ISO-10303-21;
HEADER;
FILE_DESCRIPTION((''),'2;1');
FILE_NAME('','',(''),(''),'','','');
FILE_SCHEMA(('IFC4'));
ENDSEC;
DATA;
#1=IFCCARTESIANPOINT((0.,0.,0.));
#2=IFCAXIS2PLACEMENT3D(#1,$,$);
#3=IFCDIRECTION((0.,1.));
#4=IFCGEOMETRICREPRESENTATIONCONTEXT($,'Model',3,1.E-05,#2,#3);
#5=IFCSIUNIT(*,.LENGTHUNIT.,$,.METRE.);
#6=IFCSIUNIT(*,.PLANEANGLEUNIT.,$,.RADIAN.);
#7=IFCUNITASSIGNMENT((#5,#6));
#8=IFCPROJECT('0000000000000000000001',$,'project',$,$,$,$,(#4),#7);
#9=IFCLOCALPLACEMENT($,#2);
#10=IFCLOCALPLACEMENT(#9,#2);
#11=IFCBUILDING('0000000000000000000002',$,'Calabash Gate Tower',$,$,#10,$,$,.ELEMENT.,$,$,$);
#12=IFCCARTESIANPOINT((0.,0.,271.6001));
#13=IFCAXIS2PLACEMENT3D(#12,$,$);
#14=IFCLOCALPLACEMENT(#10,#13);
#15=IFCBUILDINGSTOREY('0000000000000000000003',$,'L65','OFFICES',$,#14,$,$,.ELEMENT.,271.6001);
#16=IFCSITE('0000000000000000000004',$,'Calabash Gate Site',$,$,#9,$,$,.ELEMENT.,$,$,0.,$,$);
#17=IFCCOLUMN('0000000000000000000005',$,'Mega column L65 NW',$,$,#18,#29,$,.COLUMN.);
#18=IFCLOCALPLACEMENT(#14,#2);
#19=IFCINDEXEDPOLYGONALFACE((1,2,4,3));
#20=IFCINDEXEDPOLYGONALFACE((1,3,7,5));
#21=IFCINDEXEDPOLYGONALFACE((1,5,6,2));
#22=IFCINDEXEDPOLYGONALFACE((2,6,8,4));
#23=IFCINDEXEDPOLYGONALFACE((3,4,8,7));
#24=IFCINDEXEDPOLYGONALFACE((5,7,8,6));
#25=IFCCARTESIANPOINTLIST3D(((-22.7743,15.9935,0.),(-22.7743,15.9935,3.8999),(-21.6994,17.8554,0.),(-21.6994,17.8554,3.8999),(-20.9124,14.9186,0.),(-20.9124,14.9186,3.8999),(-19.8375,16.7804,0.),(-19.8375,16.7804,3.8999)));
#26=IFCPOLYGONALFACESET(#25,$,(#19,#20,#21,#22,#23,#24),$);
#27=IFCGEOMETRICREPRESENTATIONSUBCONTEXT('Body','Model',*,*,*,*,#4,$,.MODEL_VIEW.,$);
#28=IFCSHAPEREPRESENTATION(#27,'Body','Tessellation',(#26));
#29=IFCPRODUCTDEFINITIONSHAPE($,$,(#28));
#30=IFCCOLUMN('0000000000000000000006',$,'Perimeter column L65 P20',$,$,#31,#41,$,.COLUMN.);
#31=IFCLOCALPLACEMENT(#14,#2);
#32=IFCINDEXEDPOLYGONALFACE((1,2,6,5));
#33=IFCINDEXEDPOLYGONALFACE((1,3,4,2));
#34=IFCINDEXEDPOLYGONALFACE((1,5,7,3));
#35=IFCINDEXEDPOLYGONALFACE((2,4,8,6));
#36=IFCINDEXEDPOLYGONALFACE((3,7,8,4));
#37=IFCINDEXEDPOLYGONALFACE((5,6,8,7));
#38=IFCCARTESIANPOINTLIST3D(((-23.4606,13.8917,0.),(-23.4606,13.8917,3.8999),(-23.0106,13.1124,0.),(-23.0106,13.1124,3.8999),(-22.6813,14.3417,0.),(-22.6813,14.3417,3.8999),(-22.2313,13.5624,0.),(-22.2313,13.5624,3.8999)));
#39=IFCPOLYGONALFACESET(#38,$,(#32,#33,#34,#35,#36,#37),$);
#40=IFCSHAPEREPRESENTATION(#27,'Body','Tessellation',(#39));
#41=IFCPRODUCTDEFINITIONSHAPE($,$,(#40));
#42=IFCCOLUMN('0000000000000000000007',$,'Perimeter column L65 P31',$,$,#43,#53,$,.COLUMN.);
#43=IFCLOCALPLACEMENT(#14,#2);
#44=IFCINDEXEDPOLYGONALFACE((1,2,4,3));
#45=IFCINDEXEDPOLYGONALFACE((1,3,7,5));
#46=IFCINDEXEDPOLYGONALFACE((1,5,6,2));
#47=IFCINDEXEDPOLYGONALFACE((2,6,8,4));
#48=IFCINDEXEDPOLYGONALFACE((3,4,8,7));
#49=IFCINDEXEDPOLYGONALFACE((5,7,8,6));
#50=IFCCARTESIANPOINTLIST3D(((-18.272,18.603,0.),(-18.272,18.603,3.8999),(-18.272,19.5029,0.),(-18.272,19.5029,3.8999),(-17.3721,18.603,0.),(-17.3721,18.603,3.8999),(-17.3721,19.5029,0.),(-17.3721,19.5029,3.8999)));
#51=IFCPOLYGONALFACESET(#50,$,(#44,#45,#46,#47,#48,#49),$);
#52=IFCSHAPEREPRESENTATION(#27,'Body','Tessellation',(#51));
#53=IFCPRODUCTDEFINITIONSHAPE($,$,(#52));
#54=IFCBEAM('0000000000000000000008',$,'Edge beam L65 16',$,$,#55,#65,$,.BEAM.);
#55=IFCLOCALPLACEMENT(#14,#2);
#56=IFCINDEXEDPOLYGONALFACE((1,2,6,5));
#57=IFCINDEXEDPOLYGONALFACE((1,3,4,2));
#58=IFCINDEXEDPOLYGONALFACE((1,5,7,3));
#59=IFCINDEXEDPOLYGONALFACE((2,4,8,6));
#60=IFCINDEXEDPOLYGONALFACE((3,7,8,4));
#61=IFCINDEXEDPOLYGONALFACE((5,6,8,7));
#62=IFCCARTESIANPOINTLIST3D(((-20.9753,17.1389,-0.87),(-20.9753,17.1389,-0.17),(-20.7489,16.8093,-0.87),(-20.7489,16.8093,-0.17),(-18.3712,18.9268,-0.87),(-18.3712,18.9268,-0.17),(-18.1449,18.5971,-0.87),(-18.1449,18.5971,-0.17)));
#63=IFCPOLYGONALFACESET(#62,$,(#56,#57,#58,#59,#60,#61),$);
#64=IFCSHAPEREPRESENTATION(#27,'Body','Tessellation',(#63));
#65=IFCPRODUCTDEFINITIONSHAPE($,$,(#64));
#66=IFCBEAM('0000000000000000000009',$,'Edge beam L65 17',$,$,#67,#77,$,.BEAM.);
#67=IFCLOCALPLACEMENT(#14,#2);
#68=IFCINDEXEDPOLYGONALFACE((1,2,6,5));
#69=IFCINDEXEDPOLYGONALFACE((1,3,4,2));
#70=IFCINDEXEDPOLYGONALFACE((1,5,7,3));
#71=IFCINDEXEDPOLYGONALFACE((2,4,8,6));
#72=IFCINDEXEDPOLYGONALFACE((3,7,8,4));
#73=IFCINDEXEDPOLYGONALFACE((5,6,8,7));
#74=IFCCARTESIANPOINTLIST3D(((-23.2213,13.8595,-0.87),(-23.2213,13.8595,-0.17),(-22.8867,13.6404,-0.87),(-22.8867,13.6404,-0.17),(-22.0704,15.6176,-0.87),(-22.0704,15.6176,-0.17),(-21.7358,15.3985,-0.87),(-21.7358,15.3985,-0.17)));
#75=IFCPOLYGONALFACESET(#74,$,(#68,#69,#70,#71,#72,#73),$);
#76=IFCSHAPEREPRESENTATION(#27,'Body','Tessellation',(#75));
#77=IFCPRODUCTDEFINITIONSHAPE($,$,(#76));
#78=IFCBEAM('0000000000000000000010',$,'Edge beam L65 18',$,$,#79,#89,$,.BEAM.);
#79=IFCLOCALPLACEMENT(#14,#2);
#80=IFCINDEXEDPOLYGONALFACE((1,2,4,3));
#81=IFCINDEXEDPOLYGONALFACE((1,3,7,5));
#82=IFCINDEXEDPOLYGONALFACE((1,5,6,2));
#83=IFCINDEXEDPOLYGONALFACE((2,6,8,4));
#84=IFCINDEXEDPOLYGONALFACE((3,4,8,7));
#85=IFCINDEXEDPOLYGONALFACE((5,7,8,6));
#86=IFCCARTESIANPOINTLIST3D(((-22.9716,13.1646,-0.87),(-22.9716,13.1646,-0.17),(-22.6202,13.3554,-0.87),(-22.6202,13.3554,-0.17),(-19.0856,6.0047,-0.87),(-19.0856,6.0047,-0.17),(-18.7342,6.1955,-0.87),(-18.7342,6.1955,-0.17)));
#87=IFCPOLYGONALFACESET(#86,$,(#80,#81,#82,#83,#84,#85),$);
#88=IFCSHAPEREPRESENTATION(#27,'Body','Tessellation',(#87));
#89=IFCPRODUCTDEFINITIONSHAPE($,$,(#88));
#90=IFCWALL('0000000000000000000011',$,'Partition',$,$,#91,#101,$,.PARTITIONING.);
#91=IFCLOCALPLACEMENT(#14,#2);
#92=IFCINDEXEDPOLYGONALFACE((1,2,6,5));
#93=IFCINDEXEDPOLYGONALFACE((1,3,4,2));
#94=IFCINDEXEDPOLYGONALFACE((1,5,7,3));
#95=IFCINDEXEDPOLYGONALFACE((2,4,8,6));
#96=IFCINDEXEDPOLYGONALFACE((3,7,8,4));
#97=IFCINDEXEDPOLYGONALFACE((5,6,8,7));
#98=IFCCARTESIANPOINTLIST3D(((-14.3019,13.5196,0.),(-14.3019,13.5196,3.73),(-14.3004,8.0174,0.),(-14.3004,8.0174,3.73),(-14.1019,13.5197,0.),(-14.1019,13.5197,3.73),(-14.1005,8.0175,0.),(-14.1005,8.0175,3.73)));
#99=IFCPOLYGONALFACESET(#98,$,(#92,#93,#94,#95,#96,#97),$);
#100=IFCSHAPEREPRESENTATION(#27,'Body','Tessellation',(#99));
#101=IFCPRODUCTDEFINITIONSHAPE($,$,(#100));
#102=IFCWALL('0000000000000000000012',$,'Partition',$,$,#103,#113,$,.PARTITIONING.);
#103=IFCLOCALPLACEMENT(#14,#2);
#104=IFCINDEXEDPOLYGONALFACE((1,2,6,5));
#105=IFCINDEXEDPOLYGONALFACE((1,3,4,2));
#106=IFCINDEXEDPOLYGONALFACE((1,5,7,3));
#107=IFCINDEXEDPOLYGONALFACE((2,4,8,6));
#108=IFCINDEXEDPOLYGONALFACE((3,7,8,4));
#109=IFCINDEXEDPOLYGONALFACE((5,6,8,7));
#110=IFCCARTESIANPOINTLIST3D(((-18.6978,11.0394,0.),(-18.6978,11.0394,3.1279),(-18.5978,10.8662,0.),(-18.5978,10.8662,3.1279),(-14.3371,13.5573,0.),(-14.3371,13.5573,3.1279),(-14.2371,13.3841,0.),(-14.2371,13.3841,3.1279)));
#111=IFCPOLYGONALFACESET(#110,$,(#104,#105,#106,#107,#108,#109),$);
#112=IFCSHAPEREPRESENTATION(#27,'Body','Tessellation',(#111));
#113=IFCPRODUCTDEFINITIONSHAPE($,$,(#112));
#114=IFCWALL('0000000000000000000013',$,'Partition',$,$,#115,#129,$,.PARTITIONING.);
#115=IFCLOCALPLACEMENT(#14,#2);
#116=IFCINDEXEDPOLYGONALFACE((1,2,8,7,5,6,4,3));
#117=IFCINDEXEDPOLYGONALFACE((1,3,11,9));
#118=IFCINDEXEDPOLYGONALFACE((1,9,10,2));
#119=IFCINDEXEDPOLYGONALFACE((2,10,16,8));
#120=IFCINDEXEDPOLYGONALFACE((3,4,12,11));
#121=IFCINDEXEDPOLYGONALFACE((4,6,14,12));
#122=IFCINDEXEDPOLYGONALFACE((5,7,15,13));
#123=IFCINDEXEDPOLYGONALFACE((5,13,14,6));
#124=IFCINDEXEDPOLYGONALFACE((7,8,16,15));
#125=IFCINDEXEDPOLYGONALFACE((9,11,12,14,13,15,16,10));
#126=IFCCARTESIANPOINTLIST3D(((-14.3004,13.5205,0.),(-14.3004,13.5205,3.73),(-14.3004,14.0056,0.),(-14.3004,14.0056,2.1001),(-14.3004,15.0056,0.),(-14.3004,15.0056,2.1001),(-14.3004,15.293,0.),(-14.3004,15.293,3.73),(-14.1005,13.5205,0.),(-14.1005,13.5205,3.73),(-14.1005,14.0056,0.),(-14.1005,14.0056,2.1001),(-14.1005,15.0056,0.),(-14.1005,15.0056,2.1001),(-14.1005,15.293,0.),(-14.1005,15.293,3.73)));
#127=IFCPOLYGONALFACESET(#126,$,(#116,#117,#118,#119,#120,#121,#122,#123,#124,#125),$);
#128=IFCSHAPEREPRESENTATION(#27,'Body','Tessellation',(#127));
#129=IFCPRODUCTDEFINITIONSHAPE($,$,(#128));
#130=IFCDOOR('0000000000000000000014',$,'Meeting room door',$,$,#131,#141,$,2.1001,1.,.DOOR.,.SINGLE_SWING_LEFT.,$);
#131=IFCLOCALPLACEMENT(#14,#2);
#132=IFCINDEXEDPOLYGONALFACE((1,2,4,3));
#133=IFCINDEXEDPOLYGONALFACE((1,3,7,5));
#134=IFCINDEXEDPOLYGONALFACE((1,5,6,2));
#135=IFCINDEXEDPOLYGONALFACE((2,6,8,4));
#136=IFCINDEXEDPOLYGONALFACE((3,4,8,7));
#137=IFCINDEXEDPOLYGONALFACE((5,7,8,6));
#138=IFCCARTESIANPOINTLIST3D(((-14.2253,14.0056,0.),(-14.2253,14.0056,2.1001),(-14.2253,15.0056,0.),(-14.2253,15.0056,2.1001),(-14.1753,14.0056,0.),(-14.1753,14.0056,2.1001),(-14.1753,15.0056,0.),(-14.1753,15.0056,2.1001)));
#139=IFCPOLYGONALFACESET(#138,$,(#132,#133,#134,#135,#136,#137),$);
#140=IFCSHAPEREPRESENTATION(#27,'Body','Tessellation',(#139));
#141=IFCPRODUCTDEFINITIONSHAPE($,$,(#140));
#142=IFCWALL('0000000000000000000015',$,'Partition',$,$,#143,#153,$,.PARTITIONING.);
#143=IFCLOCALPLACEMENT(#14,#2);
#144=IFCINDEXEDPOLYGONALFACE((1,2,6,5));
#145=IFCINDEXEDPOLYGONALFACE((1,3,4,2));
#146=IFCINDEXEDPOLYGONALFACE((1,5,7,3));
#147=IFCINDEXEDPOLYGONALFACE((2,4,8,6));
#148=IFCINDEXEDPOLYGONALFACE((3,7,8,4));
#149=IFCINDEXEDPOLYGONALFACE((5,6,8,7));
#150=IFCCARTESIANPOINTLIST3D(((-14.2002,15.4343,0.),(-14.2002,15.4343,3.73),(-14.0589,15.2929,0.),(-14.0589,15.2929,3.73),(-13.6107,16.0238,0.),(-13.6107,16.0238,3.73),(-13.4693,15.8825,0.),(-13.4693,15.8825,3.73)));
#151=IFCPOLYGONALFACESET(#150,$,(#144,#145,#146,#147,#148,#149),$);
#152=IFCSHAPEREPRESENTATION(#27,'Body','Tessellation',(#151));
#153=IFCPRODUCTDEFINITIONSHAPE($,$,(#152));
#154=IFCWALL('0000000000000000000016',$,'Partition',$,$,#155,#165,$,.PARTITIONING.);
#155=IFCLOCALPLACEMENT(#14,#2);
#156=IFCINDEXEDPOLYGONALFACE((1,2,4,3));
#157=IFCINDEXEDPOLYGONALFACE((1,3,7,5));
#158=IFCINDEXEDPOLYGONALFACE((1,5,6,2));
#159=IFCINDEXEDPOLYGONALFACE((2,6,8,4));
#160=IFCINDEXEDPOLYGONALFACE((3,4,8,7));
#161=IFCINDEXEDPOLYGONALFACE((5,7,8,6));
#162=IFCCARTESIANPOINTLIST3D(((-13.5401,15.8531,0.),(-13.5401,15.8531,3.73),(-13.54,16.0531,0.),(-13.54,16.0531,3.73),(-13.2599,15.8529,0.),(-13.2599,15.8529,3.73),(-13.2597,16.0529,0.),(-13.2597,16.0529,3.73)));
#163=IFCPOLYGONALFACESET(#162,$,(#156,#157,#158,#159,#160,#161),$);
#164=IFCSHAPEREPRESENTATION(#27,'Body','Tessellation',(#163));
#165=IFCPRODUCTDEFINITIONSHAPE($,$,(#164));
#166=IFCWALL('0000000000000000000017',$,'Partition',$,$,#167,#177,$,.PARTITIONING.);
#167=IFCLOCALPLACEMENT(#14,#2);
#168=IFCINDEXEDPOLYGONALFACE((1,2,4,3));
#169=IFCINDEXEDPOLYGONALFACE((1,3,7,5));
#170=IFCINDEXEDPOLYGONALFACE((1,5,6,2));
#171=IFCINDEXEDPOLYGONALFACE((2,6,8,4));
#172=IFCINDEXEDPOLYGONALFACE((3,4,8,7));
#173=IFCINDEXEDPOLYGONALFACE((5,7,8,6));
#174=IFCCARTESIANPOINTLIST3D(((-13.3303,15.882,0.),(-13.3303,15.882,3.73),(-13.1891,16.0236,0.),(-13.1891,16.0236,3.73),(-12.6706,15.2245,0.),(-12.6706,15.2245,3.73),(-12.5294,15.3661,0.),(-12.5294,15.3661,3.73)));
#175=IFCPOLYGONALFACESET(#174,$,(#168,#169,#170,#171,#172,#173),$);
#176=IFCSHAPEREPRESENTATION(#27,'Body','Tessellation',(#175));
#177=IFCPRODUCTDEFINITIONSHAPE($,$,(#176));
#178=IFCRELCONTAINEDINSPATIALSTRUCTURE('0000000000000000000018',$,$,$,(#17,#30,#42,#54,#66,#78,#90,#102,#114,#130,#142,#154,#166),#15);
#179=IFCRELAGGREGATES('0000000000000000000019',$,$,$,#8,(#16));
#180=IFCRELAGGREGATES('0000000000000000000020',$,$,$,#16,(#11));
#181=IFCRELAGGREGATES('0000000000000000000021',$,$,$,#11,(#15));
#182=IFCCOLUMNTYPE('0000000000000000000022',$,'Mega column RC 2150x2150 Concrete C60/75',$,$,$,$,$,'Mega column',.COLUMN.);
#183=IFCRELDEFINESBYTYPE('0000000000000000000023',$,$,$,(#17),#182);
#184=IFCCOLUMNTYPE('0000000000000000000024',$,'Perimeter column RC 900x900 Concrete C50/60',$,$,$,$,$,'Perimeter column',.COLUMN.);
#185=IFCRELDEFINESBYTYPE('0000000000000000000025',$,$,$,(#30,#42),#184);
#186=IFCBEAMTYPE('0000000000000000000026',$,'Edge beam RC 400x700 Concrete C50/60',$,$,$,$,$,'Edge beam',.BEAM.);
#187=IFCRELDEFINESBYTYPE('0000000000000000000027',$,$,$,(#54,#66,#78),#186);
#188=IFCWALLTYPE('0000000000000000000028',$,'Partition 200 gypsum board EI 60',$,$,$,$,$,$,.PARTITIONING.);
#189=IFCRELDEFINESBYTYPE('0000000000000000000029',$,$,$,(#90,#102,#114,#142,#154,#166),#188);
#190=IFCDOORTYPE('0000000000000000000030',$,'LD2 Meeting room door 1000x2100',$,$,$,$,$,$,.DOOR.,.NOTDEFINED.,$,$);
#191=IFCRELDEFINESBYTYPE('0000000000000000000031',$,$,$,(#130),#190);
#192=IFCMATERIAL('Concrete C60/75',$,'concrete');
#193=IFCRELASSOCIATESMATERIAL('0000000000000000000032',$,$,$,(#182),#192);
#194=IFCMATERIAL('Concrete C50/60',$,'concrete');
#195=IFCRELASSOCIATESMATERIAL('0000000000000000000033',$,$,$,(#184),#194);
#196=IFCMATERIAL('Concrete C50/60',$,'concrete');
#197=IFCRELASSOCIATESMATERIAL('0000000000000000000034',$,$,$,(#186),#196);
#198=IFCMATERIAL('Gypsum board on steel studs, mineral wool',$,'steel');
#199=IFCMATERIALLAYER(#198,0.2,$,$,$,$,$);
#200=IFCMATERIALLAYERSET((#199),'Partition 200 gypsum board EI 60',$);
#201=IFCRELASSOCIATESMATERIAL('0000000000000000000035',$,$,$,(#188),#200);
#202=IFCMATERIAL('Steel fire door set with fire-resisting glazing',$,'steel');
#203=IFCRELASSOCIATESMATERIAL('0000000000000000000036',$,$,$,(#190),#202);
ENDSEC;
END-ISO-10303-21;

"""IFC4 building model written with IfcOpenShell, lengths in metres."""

from ifc_helpers import new_model, si_unit, direction, frame, frame_2d, origin, origin_2d, place, context, subcontext, project, spatial, rectangle, extrude, material, layer, layer_set, material_profile, profile_set, type_object, element, fill, save


model = new_model("IFC4")

# Units and contexts
model_context = context("Model", 3, precision=1e-05, world=origin(), true_north=direction((0.0, 1.0)))
body_context = subcontext(model_context, "Body", "Model", "MODEL_VIEW")
ifc_project = project(units=[si_unit("LENGTHUNIT", "METRE"), si_unit("PLANEANGLEUNIT", "RADIAN")], contexts=[model_context])

# Site, building, storey
site_placement = place(None, origin())
site = spatial("IfcSite", under=ifc_project, at=site_placement, Name="Calabash Gate Site", CompositionType="ELEMENT", RefElevation=0.0)
building_placement = place(site_placement, origin())
building = spatial("IfcBuilding", under=site, at=building_placement, Name="Calabash Gate Tower", CompositionType="ELEMENT")
storey_placement = place(building_placement, frame((0.0, 0.0, 271.6001)))
storey = spatial("IfcBuildingStorey", under=building, at=storey_placement, Name="L65", Description="OFFICES", CompositionType="ELEMENT", Elevation=271.6001)

# Columns
ifc_material_1 = material(Name="Concrete C60/75", Category="concrete")
ifc_material_profile_1 = material_profile(ifc_material_1, rectangle(XDim=2.1499, YDim=2.1499, at=origin_2d()))
ifc_profile_set_1 = profile_set([ifc_material_profile_1], Name="Concrete C60/75")
column_type_1 = type_object("IfcColumnType", Name="Mega column RC 2150x2150 Concrete C60/75", ElementType="Mega column", PredefinedType="COLUMN", material=ifc_profile_set_1)
column_placement = place(storey_placement, frame((-21.3059, 16.387, 0.0), z_axis=(0.0, 0.0, 1.0), x_axis=(0.866025, -0.5, 0.0)))
element("IfcColumn", 1, at=column_placement, inside=storey, type_object=column_type_1, Name="Mega column L65 NW", PredefinedType="COLUMN", context=body_context, shape_type="SweptSolid", body=[
    extrude(rectangle(XDim=2.1499, YDim=2.1499, at=origin_2d()), origin(), (0.0, 0.0, 1.0), 3.8999),
])
ifc_material_2 = material(Name="Concrete C50/60", Category="concrete")
ifc_material_profile_2 = material_profile(ifc_material_2, rectangle(XDim=0.8999, YDim=0.8999, at=origin_2d()))
ifc_profile_set_2 = profile_set([ifc_material_profile_2], Name="Concrete C50/60")
column_type_2 = type_object("IfcColumnType", Name="Perimeter column RC 900x900 Concrete C50/60", ElementType="Perimeter column", PredefinedType="COLUMN", material=ifc_profile_set_2)
for number, where, z_axis, x_axis, name in (
    (2, (-22.8459, 13.7271, 0.0), (0.0, 0.0, 1.0), (0.5, -0.866025, 0.0), "Perimeter column L65 P20"),
    (3, (-17.822, 19.053, 0.0), (0.0, 0.0, 1.0), (-1.0, 0.0, 0.0), "Perimeter column L65 P31"),
):
    element("IfcColumn", number, at=place(storey_placement, frame(where, z_axis=z_axis, x_axis=x_axis)), inside=storey, type_object=column_type_2, Name=name, PredefinedType="COLUMN", context=body_context, shape_type="SweptSolid", body=[
        extrude(rectangle(XDim=0.8999, YDim=0.8999, at=origin_2d()), origin(), (0.0, 0.0, 1.0), 3.8999),
    ])

# Beams
ifc_material_3 = material(Name="Concrete C50/60", Category="concrete")
ifc_material_profile_3 = material_profile(ifc_material_3, rectangle(XDim=0.3999, YDim=0.7, at=origin_2d()))
ifc_profile_set_3 = profile_set([ifc_material_profile_3], Name="Concrete C50/60")
beam_type = type_object("IfcBeamType", Name="Edge beam RC 400x700 Concrete C50/60", ElementType="Edge beam", PredefinedType="BEAM", material=ifc_profile_set_3)
beam_1_placement = place(storey_placement, frame((-18.2581, 18.762, -0.52), z_axis=(-0.824398, -0.56601, 0.0), x_axis=(0.56601, -0.824398, 0.0)))
element("IfcBeam", 4, at=beam_1_placement, inside=storey, type_object=beam_type, Name="Edge beam L65 16", PredefinedType="BEAM", context=body_context, shape_type="SweptSolid", body=[
    extrude(rectangle(XDim=0.3999, YDim=0.7, at=origin_2d()), origin(), (0.0, 0.0, 1.0), 3.1587),
])
beam_2_placement = place(storey_placement, frame((-21.9031, 15.5081, -0.52), z_axis=(-0.547709, -0.836669, 0.0), x_axis=(0.836669, -0.547709, 0.0)))
element("IfcBeam", 5, at=beam_2_placement, inside=storey, type_object=beam_type, Name="Edge beam L65 17", PredefinedType="BEAM", context=body_context, shape_type="SweptSolid", body=[
    extrude(rectangle(XDim=0.3999, YDim=0.7, at=origin_2d()), origin(), (0.0, 0.0, 1.0), 2.1013),
])
beam_3_placement = place(storey_placement, frame((-22.7959, 13.26, -0.52), z_axis=(0.477014, -0.878896, 0.0), x_axis=(0.878896, 0.477014, 0.0)))
element("IfcBeam", 6, at=beam_3_placement, inside=storey, type_object=beam_type, Name="Edge beam L65 18", PredefinedType="BEAM", context=body_context, shape_type="SweptSolid", body=[
    extrude(rectangle(XDim=0.3999, YDim=0.7, at=origin_2d()), origin(), (0.0, 0.0, 1.0), 8.1465),
])

# Walls
ifc_material_4 = material(Name="Gypsum board on steel studs, mineral wool", Category="steel")
ifc_layer_1 = layer(ifc_material_4, 0.2)
ifc_layer_set_1 = layer_set([ifc_layer_1], Name="Partition 200 gypsum board EI 60")
wall_type_1 = type_object("IfcWallType", Name="Partition 200 gypsum board EI 60", PredefinedType="PARTITIONING", material=ifc_layer_set_1)
wall_1_placement = place(storey_placement, frame((-14.2019, 13.5195, 0.0), z_axis=(0.0, 0.0, 1.0), x_axis=(0.000266, -1.0, 0.0)))
element("IfcWall", 7, at=wall_1_placement, inside=storey, type_object=wall_type_1, Name="Partition", PredefinedType="PARTITIONING", context=body_context, shape_type="SweptSolid", body=[
    extrude(rectangle(XDim=5.5022, YDim=0.2, at=frame_2d((2.751, 0.0))), origin(), (0.0, 0.0, 1.0), 3.73),
])
wall_2_placement = place(storey_placement, frame((-18.6477, 10.9529, 0.0), z_axis=(0.0, 0.0, 1.0), x_axis=(0.866006, 0.500034, 0.0)))
element("IfcWall", 8, at=wall_2_placement, inside=storey, type_object=wall_type_1, Name="Partition", PredefinedType="PARTITIONING", context=body_context, shape_type="SweptSolid", body=[
    extrude(rectangle(XDim=5.0354, YDim=0.2, at=frame_2d((2.5176, 0.0))), origin(), (0.0, 0.0, 1.0), 3.1279),
])

# Wall, opening, door
wall_3_placement = place(storey_placement, frame((-14.2004, 13.5205, 0.0), z_axis=(0.0, 0.0, 1.0), x_axis=(0.0, 1.0, 0.0)))
wall_3 = element("IfcWall", 9, at=wall_3_placement, inside=storey, type_object=wall_type_1, Name="Partition", PredefinedType="PARTITIONING", context=body_context, shape_type="SweptSolid", body=[
    extrude(rectangle(XDim=1.7725, YDim=0.2, at=frame_2d((0.8862, 0.0))), origin(), (0.0, 0.0, 1.0), 3.73),
])
opening_1_placement = place(wall_3_placement, frame((0.4851, 0.0, 0.0)))
opening_1 = element("IfcOpeningElement", 10, at=opening_1_placement, cuts=wall_3, PredefinedType="OPENING", context=body_context, shape_type="SweptSolid", body=[
    extrude(rectangle(XDim=1.0, YDim=2.1001, at=frame_2d((0.5, 1.05))), frame((0.0, 0.1099, 0.0), z_axis=(0.0, -1.0, 0.0), x_axis=(1.0, 0.0, 0.0)), (0.0, 0.0, 1.0), 0.22),
])
ifc_material_5 = material(Name="Steel fire door set with fire-resisting glazing", Category="steel")
door_type_1 = type_object("IfcDoorType", Name="LD2 Meeting room door 1000x2100", OperationType="NOTDEFINED", PredefinedType="DOOR", material=ifc_material_5)
door_1_placement = place(opening_1_placement, origin())
door_1 = element("IfcDoor", 11, at=door_1_placement, inside=storey, type_object=door_type_1, Name="Meeting room door", OperationType="SINGLE_SWING_LEFT", OverallHeight=2.1001, OverallWidth=1.0, PredefinedType="DOOR", context=body_context, shape_type="SweptSolid", body=[
    extrude(rectangle(XDim=1.0, YDim=2.1001, at=frame_2d((0.5, 1.05))), frame((0.0, 0.0249, 0.0), z_axis=(0.0, -1.0, 0.0), x_axis=(1.0, 0.0, 0.0)), (0.0, 0.0, 1.0), 0.05),
])
fill(opening_1, door_1)

# Walls
wall_4_placement = place(storey_placement, frame((-14.1296, 15.3635, 0.0), z_axis=(0.0, 0.0, 1.0), x_axis=(0.707107, 0.707107, 0.0)))
element("IfcWall", 12, at=wall_4_placement, inside=storey, type_object=wall_type_1, Name="Partition", PredefinedType="PARTITIONING", context=body_context, shape_type="SweptSolid", body=[
    extrude(rectangle(XDim=0.8337, YDim=0.2, at=frame_2d((0.417, 0.0))), origin(), (0.0, 0.0, 1.0), 3.73),
])
wall_5_placement = place(storey_placement, frame((-13.54, 15.9531, 0.0), z_axis=(0.0, 0.0, 1.0), x_axis=(1.0, -0.000871, 0.0)))
element("IfcWall", 13, at=wall_5_placement, inside=storey, type_object=wall_type_1, Name="Partition", PredefinedType="PARTITIONING", context=body_context, shape_type="SweptSolid", body=[
    extrude(rectangle(XDim=0.2803, YDim=0.2, at=frame_2d((0.1401, 0.0))), origin(), (0.0, 0.0, 1.0), 3.73),
])
wall_6_placement = place(storey_placement, frame((-13.2598, 15.9529, 0.0), z_axis=(0.0, 0.0, 1.0), x_axis=(0.708285, -0.705926, 0.0)))
element("IfcWall", 14, at=wall_6_placement, inside=storey, type_object=wall_type_1, Name="Partition", PredefinedType="PARTITIONING", context=body_context, shape_type="SweptSolid", body=[
    extrude(rectangle(XDim=0.9314, YDim=0.2, at=frame_2d((0.4658, 0.0))), origin(), (0.0, 0.0, 1.0), 3.73),
])

save(model, "model.ifc")
